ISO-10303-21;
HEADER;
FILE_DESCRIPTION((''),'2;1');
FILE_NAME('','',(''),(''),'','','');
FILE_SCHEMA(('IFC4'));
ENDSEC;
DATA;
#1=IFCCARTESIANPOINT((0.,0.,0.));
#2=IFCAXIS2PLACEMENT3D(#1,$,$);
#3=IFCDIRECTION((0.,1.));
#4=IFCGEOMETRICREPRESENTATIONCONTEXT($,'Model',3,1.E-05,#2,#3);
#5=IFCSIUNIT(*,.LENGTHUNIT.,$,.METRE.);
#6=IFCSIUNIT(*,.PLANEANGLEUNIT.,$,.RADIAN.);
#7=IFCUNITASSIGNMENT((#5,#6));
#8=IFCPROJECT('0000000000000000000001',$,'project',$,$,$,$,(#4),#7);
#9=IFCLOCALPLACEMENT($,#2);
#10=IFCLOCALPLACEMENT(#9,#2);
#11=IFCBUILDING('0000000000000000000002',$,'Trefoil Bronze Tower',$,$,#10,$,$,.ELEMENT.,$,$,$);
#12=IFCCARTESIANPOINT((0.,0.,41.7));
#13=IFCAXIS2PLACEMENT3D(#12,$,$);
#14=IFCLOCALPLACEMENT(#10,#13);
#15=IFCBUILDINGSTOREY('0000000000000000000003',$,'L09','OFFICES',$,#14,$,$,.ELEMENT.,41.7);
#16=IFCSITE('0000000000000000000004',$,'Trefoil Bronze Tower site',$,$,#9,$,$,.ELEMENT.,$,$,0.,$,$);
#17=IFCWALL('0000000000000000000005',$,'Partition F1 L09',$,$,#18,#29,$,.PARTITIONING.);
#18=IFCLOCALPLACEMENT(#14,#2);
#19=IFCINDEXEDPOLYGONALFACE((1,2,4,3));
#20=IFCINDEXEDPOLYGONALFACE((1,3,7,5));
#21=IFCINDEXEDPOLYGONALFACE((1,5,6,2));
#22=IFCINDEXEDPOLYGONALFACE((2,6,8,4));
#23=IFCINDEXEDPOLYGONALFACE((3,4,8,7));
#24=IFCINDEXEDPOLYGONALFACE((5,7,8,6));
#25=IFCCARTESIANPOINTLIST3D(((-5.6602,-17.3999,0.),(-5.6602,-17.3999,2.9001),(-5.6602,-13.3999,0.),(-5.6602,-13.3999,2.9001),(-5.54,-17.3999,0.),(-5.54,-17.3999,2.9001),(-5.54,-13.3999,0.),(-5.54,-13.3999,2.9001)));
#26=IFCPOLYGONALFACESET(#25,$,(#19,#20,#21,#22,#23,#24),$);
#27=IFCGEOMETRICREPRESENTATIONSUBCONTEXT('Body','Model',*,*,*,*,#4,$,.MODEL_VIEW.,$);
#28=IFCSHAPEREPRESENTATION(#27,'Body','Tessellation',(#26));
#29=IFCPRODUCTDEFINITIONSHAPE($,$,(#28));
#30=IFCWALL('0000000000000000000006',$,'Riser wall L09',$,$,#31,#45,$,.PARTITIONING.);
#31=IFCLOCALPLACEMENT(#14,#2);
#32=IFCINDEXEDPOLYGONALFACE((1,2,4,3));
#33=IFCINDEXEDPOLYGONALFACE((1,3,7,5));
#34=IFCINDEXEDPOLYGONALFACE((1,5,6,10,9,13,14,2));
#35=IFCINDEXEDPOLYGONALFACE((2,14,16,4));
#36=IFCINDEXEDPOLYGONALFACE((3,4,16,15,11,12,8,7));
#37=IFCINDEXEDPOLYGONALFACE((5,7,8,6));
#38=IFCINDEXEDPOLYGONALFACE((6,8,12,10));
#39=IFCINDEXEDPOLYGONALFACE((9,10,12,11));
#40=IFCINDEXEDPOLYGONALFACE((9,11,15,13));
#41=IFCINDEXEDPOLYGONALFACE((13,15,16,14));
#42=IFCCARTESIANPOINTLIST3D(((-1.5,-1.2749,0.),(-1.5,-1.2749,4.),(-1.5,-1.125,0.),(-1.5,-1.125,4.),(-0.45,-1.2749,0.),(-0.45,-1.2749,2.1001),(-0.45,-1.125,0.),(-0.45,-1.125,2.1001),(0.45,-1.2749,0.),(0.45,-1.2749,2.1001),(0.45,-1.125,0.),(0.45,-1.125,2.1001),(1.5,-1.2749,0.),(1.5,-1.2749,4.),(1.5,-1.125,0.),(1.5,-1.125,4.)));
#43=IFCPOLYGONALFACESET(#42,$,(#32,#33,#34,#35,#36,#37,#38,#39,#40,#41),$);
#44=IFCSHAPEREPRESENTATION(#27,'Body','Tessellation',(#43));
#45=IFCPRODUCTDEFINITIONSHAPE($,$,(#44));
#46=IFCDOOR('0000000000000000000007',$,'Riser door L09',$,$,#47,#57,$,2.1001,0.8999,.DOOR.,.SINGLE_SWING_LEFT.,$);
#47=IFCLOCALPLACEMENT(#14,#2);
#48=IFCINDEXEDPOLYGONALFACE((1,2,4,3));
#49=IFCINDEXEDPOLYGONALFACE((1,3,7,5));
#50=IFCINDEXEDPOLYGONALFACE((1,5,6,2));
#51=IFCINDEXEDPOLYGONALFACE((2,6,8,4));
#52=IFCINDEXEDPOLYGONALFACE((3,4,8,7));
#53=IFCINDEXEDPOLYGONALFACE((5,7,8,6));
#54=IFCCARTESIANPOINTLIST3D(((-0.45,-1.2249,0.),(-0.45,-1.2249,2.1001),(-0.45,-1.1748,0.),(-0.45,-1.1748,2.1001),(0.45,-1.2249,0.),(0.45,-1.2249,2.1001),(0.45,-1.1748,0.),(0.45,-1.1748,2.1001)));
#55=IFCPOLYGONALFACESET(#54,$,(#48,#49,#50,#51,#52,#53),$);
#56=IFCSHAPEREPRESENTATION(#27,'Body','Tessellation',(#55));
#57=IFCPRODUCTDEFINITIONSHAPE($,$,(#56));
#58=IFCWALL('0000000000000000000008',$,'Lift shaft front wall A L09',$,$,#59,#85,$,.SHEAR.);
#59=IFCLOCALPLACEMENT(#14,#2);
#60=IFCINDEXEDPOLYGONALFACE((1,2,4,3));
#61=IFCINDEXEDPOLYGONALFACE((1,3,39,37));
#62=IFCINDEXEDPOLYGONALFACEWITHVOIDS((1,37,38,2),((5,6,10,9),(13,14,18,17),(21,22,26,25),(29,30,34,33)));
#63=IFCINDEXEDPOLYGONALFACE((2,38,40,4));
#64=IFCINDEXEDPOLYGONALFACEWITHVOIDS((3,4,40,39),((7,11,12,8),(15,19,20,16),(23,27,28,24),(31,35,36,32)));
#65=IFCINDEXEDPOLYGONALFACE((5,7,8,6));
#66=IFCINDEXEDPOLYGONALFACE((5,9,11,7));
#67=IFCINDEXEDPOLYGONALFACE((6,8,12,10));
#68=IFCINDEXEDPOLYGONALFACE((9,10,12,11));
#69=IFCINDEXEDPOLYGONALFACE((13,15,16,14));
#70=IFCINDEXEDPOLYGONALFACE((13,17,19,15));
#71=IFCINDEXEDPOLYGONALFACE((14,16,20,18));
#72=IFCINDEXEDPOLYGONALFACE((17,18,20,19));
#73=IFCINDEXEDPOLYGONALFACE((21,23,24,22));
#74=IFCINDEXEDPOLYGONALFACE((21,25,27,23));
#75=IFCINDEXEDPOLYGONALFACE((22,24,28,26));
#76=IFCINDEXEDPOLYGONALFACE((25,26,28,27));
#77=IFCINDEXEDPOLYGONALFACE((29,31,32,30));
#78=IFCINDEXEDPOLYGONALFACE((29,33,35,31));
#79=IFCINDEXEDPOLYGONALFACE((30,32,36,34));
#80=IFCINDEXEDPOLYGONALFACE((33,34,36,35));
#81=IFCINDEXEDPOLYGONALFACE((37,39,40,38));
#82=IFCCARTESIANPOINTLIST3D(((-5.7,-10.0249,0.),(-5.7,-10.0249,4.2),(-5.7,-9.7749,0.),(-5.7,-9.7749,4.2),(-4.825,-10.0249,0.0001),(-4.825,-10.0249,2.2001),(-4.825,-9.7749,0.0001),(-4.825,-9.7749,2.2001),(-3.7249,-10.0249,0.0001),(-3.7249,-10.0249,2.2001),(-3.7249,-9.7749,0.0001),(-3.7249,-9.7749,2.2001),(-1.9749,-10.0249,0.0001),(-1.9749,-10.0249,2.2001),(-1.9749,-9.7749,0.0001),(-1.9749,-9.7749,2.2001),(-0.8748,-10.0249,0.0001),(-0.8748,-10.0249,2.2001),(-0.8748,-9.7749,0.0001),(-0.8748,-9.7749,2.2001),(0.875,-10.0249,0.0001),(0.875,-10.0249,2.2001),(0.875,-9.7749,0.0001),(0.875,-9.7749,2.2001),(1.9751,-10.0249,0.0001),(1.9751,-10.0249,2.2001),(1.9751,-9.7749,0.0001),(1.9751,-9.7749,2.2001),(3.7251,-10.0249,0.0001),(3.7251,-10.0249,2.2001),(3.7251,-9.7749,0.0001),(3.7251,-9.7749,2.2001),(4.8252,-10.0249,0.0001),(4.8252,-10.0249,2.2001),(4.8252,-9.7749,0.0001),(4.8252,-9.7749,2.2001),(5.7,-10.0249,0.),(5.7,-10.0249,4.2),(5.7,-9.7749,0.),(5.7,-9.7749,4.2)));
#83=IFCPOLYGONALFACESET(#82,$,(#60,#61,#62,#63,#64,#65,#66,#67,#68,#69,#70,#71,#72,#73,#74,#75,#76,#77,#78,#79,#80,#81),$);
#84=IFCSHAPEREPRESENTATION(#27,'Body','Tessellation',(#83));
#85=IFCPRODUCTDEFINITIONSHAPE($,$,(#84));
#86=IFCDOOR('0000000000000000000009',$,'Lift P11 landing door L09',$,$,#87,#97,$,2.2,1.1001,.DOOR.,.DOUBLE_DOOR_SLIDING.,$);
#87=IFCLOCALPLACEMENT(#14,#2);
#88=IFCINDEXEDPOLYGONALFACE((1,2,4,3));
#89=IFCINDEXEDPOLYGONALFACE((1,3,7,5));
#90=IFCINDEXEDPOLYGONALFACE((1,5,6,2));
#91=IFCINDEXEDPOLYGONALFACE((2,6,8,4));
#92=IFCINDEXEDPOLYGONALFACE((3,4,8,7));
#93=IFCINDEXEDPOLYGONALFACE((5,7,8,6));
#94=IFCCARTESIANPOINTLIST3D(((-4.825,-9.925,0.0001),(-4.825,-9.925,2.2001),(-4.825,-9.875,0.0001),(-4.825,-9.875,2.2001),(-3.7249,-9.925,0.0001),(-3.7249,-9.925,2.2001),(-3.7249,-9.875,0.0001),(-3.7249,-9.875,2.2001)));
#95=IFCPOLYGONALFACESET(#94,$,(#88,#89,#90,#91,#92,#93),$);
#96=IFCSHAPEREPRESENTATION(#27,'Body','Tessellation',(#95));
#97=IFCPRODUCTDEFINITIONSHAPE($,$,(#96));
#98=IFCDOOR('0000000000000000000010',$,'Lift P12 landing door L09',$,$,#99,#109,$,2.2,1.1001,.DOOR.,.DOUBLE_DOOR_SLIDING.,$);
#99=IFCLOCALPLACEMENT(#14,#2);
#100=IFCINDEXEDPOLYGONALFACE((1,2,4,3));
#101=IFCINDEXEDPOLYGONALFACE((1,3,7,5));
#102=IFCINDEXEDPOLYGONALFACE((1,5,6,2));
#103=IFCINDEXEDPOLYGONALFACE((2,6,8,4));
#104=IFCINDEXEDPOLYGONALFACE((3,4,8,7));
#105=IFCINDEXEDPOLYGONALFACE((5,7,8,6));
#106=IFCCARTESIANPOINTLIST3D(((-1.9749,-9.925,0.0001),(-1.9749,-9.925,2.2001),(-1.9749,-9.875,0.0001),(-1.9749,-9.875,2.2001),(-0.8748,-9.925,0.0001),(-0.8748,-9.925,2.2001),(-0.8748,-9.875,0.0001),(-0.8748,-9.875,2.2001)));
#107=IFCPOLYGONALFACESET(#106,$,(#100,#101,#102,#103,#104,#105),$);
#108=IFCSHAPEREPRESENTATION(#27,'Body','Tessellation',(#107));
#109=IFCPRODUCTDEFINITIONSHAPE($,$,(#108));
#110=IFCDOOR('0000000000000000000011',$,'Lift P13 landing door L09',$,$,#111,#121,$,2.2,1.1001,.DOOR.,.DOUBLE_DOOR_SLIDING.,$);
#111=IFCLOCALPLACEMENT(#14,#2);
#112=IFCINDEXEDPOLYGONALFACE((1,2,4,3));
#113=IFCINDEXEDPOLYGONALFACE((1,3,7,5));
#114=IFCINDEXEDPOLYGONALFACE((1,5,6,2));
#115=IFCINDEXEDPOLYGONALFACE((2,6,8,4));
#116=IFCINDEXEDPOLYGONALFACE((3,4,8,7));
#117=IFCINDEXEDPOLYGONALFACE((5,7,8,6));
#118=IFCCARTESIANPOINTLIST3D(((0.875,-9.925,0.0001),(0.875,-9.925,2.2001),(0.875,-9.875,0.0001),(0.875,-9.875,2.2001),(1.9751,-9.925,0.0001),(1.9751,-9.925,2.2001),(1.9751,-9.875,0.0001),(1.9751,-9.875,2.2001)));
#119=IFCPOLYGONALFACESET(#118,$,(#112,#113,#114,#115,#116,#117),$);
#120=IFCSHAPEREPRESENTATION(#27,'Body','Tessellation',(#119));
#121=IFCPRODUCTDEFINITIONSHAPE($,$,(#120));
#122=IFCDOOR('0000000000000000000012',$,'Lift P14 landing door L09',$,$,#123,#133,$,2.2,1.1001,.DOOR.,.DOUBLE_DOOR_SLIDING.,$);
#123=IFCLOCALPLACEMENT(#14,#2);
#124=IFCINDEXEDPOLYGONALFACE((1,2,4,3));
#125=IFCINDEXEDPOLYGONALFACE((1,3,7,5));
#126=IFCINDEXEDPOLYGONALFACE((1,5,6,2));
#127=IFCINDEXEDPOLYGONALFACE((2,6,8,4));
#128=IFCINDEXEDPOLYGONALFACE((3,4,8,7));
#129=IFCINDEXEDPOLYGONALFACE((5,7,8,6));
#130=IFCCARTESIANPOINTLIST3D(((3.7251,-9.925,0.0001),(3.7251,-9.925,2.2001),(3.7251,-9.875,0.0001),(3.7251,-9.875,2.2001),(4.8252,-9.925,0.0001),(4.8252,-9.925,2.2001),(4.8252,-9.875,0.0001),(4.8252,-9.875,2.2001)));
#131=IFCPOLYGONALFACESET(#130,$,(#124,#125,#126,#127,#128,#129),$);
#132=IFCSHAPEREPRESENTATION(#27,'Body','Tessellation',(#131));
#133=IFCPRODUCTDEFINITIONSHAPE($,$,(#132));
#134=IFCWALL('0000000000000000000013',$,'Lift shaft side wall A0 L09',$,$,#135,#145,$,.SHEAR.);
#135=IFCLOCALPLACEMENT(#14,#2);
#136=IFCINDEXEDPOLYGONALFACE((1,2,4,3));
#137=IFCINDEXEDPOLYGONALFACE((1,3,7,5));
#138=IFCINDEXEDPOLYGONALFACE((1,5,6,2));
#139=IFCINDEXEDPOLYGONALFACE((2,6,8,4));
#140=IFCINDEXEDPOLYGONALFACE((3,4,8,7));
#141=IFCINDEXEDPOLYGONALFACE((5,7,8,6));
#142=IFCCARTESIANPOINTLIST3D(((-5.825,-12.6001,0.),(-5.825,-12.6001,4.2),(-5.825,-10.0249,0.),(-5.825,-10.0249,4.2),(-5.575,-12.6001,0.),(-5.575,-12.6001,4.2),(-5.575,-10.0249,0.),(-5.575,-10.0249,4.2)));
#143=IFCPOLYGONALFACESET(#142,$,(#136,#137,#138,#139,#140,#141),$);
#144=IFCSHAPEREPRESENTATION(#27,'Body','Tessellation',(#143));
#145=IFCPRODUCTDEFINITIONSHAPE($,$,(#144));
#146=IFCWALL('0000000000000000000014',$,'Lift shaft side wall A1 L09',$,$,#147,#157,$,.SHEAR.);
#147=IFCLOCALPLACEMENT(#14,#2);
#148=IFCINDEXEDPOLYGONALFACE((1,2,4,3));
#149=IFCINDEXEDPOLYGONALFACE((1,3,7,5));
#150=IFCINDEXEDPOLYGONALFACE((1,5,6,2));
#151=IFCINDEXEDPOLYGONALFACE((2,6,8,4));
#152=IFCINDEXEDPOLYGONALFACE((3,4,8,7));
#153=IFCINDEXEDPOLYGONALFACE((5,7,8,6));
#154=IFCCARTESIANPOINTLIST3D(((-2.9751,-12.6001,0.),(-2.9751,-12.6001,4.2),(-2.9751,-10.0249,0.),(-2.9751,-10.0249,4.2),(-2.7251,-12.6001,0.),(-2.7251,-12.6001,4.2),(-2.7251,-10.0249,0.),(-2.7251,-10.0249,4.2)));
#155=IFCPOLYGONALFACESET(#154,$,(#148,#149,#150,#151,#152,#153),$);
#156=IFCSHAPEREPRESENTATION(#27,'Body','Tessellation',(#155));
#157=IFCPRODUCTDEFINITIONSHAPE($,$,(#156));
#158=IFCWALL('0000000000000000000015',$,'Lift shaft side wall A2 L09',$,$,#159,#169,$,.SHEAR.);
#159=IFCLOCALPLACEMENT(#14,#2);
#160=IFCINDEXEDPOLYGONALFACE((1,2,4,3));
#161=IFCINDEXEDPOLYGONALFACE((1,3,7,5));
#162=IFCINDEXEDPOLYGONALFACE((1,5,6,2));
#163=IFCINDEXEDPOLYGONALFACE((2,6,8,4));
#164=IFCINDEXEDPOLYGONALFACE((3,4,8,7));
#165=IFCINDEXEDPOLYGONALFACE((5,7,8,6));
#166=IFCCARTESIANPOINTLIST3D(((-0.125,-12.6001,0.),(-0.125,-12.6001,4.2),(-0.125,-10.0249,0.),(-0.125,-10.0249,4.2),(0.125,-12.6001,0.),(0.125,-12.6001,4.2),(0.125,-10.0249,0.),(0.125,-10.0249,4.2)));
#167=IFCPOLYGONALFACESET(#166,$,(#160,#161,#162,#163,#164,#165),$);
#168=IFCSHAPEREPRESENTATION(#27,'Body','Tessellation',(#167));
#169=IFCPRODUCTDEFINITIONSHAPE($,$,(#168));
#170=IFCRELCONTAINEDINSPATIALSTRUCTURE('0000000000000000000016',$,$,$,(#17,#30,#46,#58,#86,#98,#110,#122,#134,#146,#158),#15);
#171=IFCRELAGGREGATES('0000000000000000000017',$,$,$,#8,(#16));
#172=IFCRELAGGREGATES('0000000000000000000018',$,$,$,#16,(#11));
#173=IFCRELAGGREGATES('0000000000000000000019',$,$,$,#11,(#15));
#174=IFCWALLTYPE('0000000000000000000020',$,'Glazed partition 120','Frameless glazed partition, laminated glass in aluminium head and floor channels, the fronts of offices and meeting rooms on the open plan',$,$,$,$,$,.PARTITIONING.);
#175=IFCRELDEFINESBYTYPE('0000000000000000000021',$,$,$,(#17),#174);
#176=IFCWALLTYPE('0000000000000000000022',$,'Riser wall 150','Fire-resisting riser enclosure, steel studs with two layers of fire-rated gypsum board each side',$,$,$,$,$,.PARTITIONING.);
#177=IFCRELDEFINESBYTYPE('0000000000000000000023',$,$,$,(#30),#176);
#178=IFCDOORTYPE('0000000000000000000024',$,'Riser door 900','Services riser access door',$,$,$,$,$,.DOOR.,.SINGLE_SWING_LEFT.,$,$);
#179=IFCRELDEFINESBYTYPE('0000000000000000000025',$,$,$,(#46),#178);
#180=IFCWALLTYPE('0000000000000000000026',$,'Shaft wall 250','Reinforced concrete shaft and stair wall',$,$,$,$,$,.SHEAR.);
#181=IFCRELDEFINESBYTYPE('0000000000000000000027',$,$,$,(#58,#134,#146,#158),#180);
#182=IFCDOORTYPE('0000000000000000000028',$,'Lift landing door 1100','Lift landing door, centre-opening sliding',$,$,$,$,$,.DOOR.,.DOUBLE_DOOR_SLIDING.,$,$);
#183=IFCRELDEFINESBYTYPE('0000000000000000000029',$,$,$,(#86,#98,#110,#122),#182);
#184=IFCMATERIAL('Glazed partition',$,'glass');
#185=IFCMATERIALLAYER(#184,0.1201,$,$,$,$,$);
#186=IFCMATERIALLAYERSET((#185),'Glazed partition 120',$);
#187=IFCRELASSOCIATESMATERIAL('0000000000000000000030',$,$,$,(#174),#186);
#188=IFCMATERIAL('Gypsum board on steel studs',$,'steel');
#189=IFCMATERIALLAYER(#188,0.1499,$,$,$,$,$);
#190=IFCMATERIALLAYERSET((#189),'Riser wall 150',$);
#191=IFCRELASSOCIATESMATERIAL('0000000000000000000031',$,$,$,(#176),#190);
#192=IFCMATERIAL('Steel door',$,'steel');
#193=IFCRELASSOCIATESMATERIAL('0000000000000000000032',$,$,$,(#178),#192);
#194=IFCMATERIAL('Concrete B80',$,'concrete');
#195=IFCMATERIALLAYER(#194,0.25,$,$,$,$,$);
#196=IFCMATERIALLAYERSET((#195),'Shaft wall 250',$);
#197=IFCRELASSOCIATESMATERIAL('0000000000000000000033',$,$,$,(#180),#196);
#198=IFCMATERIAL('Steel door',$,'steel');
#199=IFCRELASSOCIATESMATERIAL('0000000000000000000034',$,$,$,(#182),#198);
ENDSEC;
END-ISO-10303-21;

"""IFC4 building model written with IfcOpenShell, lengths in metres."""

from ifc_helpers import new_model, si_unit, direction, frame, frame_2d, origin, place, context, subcontext, project, spatial, rectangle, extrude, material, layer, layer_set, type_object, element, fill, save


model = new_model("IFC4")

# Units and contexts
model_context = context("Model", 3, precision=1e-05, world=origin(), true_north=direction((0.0, 1.0)))
body_context = subcontext(model_context, "Body", "Model", "MODEL_VIEW")
ifc_project = project(units=[si_unit("LENGTHUNIT", "METRE"), si_unit("PLANEANGLEUNIT", "RADIAN")], contexts=[model_context])

# Site, building, storey
site_placement = place(None, origin())
site = spatial("IfcSite", under=ifc_project, at=site_placement, Name="Trefoil Bronze Tower site", CompositionType="ELEMENT", RefElevation=0.0)
building_placement = place(site_placement, origin())
building = spatial("IfcBuilding", under=site, at=building_placement, Name="Trefoil Bronze Tower", CompositionType="ELEMENT")
storey_placement = place(building_placement, frame((0.0, 0.0, 41.7)))
storey = spatial("IfcBuildingStorey", under=building, at=storey_placement, Name="L09", Description="OFFICES", CompositionType="ELEMENT", Elevation=41.7)

# Wall
ifc_material_1 = material(Name="Glazed partition", Category="glass")
ifc_layer_1 = layer(ifc_material_1, 0.1201)
ifc_layer_set_1 = layer_set([ifc_layer_1], Name="Glazed partition 120")
wall_type_1 = type_object("IfcWallType", Name="Glazed partition 120", Description="Frameless glazed partition, laminated glass in aluminium head and floor channels, the fronts of offices and meeting rooms on the open plan", PredefinedType="PARTITIONING", material=ifc_layer_set_1)
wall_1_placement = place(storey_placement, frame((-5.6001, -13.3999, 0.0), z_axis=(0.0, 0.0, 1.0), x_axis=(0.0, -1.0, 0.0)))
element("IfcWall", 1, at=wall_1_placement, inside=storey, type_object=wall_type_1, Name="Partition F1 L09", PredefinedType="PARTITIONING", context=body_context, shape_type="SweptSolid", body=[
    extrude(rectangle(XDim=4.0, YDim=0.1201, at=frame_2d((2.0, 0.0))), origin(), (0.0, 0.0, 1.0), 2.9001),
])

# Wall, opening, door
ifc_material_2 = material(Name="Gypsum board on steel studs", Category="steel")
ifc_layer_2 = layer(ifc_material_2, 0.1499)
ifc_layer_set_2 = layer_set([ifc_layer_2], Name="Riser wall 150")
wall_type_2 = type_object("IfcWallType", Name="Riser wall 150", Description="Fire-resisting riser enclosure, steel studs with two layers of fire-rated gypsum board each side", PredefinedType="PARTITIONING", material=ifc_layer_set_2)
wall_2_placement = place(storey_placement, frame((-1.5, -1.2, 0.0), z_axis=(0.0, 0.0, 1.0), x_axis=(1.0, 0.0, 0.0)))
wall_2 = element("IfcWall", 2, at=wall_2_placement, inside=storey, type_object=wall_type_2, Name="Riser wall L09", PredefinedType="PARTITIONING", context=body_context, shape_type="SweptSolid", body=[
    extrude(rectangle(XDim=3.0, YDim=0.1499, at=frame_2d((1.5, 0.0))), origin(), (0.0, 0.0, 1.0), 4.0),
])
opening_1_placement = place(wall_2_placement, frame((1.05, 0.0, 0.0)))
opening_1 = element("IfcOpeningElement", 3, at=opening_1_placement, cuts=wall_2, PredefinedType="OPENING", context=body_context, shape_type="SweptSolid", body=[
    extrude(rectangle(XDim=0.8999, YDim=2.1001, at=frame_2d((0.45, 1.05))), frame((0.0, 0.085, 0.0), z_axis=(0.0, -1.0, 0.0), x_axis=(1.0, 0.0, 0.0)), (0.0, 0.0, 1.0), 0.1699),
])
ifc_material_3 = material(Name="Steel door", Category="steel")
door_type_1 = type_object("IfcDoorType", Name="Riser door 900", Description="Services riser access door", OperationType="SINGLE_SWING_LEFT", PredefinedType="DOOR", material=ifc_material_3)
door_1_placement = place(opening_1_placement, frame((0.8999, 0.0, 0.0), z_axis=(0.0, 0.0, 1.0), x_axis=(-1.0, 0.0, 0.0)))
door_1 = element("IfcDoor", 4, at=door_1_placement, inside=storey, type_object=door_type_1, Name="Riser door L09", OperationType="SINGLE_SWING_LEFT", OverallHeight=2.1001, OverallWidth=0.8999, PredefinedType="DOOR", context=body_context, shape_type="SweptSolid", body=[
    extrude(rectangle(XDim=0.8999, YDim=2.1001, at=frame_2d((0.45, 1.05))), frame((0.0, 0.0249, 0.0), z_axis=(0.0, -1.0, 0.0), x_axis=(1.0, 0.0, 0.0)), (0.0, 0.0, 1.0), 0.05),
])
fill(opening_1, door_1)

# Wall, openings, doors
ifc_material_4 = material(Name="Concrete B80", Category="concrete")
ifc_layer_3 = layer(ifc_material_4, 0.25)
ifc_layer_set_3 = layer_set([ifc_layer_3], Name="Shaft wall 250")
wall_type_3 = type_object("IfcWallType", Name="Shaft wall 250", Description="Reinforced concrete shaft and stair wall", PredefinedType="SHEAR", material=ifc_layer_set_3)
wall_3_placement = place(storey_placement, frame((-5.7, -9.8999, 0.0), z_axis=(0.0, 0.0, 1.0), x_axis=(1.0, 0.0, 0.0)))
wall_3 = element("IfcWall", 5, at=wall_3_placement, inside=storey, type_object=wall_type_3, Name="Lift shaft front wall A L09", PredefinedType="SHEAR", context=body_context, shape_type="SweptSolid", body=[
    extrude(rectangle(XDim=11.3999, YDim=0.25, at=frame_2d((5.7, 0.0))), origin(), (0.0, 0.0, 1.0), 4.2),
])
opening_2_placement = place(wall_3_placement, frame((0.875, 0.0, 0.0)))
opening_2 = element("IfcOpeningElement", 6, at=opening_2_placement, cuts=wall_3, PredefinedType="OPENING", context=body_context, shape_type="SweptSolid", body=[
    extrude(rectangle(XDim=1.1001, YDim=2.2, at=frame_2d((0.55, 1.1001))), frame((0.0, 0.135, 0.0), z_axis=(0.0, -1.0, 0.0), x_axis=(1.0, 0.0, 0.0)), (0.0, 0.0, 1.0), 0.27),
])
opening_3_placement = place(wall_3_placement, frame((3.7251, 0.0, 0.0)))
opening_3 = element("IfcOpeningElement", 7, at=opening_3_placement, cuts=wall_3, PredefinedType="OPENING", context=body_context, shape_type="SweptSolid", body=[
    extrude(rectangle(XDim=1.1001, YDim=2.2, at=frame_2d((0.55, 1.1001))), frame((0.0, 0.135, 0.0), z_axis=(0.0, -1.0, 0.0), x_axis=(1.0, 0.0, 0.0)), (0.0, 0.0, 1.0), 0.27),
])
opening_4_placement = place(wall_3_placement, frame((6.575, 0.0, 0.0)))
opening_4 = element("IfcOpeningElement", 8, at=opening_4_placement, cuts=wall_3, PredefinedType="OPENING", context=body_context, shape_type="SweptSolid", body=[
    extrude(rectangle(XDim=1.1001, YDim=2.2, at=frame_2d((0.55, 1.1001))), frame((0.0, 0.135, 0.0), z_axis=(0.0, -1.0, 0.0), x_axis=(1.0, 0.0, 0.0)), (0.0, 0.0, 1.0), 0.27),
])
opening_5_placement = place(wall_3_placement, frame((9.425, 0.0, 0.0)))
opening_5 = element("IfcOpeningElement", 9, at=opening_5_placement, cuts=wall_3, PredefinedType="OPENING", context=body_context, shape_type="SweptSolid", body=[
    extrude(rectangle(XDim=1.1001, YDim=2.2, at=frame_2d((0.55, 1.1001))), frame((0.0, 0.135, 0.0), z_axis=(0.0, -1.0, 0.0), x_axis=(1.0, 0.0, 0.0)), (0.0, 0.0, 1.0), 0.27),
])
ifc_material_5 = material(Name="Steel door", Category="steel")
door_type_2 = type_object("IfcDoorType", Name="Lift landing door 1100", Description="Lift landing door, centre-opening sliding", OperationType="DOUBLE_DOOR_SLIDING", PredefinedType="DOOR", material=ifc_material_5)
door_2_placement = place(opening_2_placement, origin())
door_2 = element("IfcDoor", 10, at=door_2_placement, inside=storey, type_object=door_type_2, Name="Lift P11 landing door L09", OperationType="DOUBLE_DOOR_SLIDING", OverallHeight=2.2, OverallWidth=1.1001, PredefinedType="DOOR", context=body_context, shape_type="SweptSolid", body=[
    extrude(rectangle(XDim=1.1001, YDim=2.2, at=frame_2d((0.55, 1.1001))), frame((0.0, 0.0249, 0.0), z_axis=(0.0, -1.0, 0.0), x_axis=(1.0, 0.0, 0.0)), (0.0, 0.0, 1.0), 0.05),
])
fill(opening_2, door_2)
door_3_placement = place(opening_3_placement, origin())
door_3 = element("IfcDoor", 11, at=door_3_placement, inside=storey, type_object=door_type_2, Name="Lift P12 landing door L09", OperationType="DOUBLE_DOOR_SLIDING", OverallHeight=2.2, OverallWidth=1.1001, PredefinedType="DOOR", context=body_context, shape_type="SweptSolid", body=[
    extrude(rectangle(XDim=1.1001, YDim=2.2, at=frame_2d((0.55, 1.1001))), frame((0.0, 0.0249, 0.0), z_axis=(0.0, -1.0, 0.0), x_axis=(1.0, 0.0, 0.0)), (0.0, 0.0, 1.0), 0.05),
])
fill(opening_3, door_3)
door_4_placement = place(opening_4_placement, origin())
door_4 = element("IfcDoor", 12, at=door_4_placement, inside=storey, type_object=door_type_2, Name="Lift P13 landing door L09", OperationType="DOUBLE_DOOR_SLIDING", OverallHeight=2.2, OverallWidth=1.1001, PredefinedType="DOOR", context=body_context, shape_type="SweptSolid", body=[
    extrude(rectangle(XDim=1.1001, YDim=2.2, at=frame_2d((0.55, 1.1001))), frame((0.0, 0.0249, 0.0), z_axis=(0.0, -1.0, 0.0), x_axis=(1.0, 0.0, 0.0)), (0.0, 0.0, 1.0), 0.05),
])
fill(opening_4, door_4)
door_5_placement = place(opening_5_placement, origin())
door_5 = element("IfcDoor", 13, at=door_5_placement, inside=storey, type_object=door_type_2, Name="Lift P14 landing door L09", OperationType="DOUBLE_DOOR_SLIDING", OverallHeight=2.2, OverallWidth=1.1001, PredefinedType="DOOR", context=body_context, shape_type="SweptSolid", body=[
    extrude(rectangle(XDim=1.1001, YDim=2.2, at=frame_2d((0.55, 1.1001))), frame((0.0, 0.0249, 0.0), z_axis=(0.0, -1.0, 0.0), x_axis=(1.0, 0.0, 0.0)), (0.0, 0.0, 1.0), 0.05),
])
fill(opening_5, door_5)

# Walls
for number, where, z_axis, x_axis, name in (
    (14, (-5.7, -10.0249, 0.0), (0.0, 0.0, 1.0), (0.0, -1.0, 0.0), "Lift shaft side wall A0 L09"),
    (15, (-2.8501, -10.0249, 0.0), (0.0, 0.0, 1.0), (0.0, -1.0, 0.0), "Lift shaft side wall A1 L09"),
    (16, (0.0, -10.0249, 0.0), (0.0, 0.0, 1.0), (0.0, -1.0, 0.0), "Lift shaft side wall A2 L09"),
):
    element("IfcWall", number, at=place(storey_placement, frame(where, z_axis=z_axis, x_axis=x_axis)), inside=storey, type_object=wall_type_3, Name=name, PredefinedType="SHEAR", context=body_context, shape_type="SweptSolid", body=[
        extrude(rectangle(XDim=2.5752, YDim=0.25, at=frame_2d((1.2876, 0.0))), origin(), (0.0, 0.0, 1.0), 4.2),
    ])

save(model, "model.ifc")
